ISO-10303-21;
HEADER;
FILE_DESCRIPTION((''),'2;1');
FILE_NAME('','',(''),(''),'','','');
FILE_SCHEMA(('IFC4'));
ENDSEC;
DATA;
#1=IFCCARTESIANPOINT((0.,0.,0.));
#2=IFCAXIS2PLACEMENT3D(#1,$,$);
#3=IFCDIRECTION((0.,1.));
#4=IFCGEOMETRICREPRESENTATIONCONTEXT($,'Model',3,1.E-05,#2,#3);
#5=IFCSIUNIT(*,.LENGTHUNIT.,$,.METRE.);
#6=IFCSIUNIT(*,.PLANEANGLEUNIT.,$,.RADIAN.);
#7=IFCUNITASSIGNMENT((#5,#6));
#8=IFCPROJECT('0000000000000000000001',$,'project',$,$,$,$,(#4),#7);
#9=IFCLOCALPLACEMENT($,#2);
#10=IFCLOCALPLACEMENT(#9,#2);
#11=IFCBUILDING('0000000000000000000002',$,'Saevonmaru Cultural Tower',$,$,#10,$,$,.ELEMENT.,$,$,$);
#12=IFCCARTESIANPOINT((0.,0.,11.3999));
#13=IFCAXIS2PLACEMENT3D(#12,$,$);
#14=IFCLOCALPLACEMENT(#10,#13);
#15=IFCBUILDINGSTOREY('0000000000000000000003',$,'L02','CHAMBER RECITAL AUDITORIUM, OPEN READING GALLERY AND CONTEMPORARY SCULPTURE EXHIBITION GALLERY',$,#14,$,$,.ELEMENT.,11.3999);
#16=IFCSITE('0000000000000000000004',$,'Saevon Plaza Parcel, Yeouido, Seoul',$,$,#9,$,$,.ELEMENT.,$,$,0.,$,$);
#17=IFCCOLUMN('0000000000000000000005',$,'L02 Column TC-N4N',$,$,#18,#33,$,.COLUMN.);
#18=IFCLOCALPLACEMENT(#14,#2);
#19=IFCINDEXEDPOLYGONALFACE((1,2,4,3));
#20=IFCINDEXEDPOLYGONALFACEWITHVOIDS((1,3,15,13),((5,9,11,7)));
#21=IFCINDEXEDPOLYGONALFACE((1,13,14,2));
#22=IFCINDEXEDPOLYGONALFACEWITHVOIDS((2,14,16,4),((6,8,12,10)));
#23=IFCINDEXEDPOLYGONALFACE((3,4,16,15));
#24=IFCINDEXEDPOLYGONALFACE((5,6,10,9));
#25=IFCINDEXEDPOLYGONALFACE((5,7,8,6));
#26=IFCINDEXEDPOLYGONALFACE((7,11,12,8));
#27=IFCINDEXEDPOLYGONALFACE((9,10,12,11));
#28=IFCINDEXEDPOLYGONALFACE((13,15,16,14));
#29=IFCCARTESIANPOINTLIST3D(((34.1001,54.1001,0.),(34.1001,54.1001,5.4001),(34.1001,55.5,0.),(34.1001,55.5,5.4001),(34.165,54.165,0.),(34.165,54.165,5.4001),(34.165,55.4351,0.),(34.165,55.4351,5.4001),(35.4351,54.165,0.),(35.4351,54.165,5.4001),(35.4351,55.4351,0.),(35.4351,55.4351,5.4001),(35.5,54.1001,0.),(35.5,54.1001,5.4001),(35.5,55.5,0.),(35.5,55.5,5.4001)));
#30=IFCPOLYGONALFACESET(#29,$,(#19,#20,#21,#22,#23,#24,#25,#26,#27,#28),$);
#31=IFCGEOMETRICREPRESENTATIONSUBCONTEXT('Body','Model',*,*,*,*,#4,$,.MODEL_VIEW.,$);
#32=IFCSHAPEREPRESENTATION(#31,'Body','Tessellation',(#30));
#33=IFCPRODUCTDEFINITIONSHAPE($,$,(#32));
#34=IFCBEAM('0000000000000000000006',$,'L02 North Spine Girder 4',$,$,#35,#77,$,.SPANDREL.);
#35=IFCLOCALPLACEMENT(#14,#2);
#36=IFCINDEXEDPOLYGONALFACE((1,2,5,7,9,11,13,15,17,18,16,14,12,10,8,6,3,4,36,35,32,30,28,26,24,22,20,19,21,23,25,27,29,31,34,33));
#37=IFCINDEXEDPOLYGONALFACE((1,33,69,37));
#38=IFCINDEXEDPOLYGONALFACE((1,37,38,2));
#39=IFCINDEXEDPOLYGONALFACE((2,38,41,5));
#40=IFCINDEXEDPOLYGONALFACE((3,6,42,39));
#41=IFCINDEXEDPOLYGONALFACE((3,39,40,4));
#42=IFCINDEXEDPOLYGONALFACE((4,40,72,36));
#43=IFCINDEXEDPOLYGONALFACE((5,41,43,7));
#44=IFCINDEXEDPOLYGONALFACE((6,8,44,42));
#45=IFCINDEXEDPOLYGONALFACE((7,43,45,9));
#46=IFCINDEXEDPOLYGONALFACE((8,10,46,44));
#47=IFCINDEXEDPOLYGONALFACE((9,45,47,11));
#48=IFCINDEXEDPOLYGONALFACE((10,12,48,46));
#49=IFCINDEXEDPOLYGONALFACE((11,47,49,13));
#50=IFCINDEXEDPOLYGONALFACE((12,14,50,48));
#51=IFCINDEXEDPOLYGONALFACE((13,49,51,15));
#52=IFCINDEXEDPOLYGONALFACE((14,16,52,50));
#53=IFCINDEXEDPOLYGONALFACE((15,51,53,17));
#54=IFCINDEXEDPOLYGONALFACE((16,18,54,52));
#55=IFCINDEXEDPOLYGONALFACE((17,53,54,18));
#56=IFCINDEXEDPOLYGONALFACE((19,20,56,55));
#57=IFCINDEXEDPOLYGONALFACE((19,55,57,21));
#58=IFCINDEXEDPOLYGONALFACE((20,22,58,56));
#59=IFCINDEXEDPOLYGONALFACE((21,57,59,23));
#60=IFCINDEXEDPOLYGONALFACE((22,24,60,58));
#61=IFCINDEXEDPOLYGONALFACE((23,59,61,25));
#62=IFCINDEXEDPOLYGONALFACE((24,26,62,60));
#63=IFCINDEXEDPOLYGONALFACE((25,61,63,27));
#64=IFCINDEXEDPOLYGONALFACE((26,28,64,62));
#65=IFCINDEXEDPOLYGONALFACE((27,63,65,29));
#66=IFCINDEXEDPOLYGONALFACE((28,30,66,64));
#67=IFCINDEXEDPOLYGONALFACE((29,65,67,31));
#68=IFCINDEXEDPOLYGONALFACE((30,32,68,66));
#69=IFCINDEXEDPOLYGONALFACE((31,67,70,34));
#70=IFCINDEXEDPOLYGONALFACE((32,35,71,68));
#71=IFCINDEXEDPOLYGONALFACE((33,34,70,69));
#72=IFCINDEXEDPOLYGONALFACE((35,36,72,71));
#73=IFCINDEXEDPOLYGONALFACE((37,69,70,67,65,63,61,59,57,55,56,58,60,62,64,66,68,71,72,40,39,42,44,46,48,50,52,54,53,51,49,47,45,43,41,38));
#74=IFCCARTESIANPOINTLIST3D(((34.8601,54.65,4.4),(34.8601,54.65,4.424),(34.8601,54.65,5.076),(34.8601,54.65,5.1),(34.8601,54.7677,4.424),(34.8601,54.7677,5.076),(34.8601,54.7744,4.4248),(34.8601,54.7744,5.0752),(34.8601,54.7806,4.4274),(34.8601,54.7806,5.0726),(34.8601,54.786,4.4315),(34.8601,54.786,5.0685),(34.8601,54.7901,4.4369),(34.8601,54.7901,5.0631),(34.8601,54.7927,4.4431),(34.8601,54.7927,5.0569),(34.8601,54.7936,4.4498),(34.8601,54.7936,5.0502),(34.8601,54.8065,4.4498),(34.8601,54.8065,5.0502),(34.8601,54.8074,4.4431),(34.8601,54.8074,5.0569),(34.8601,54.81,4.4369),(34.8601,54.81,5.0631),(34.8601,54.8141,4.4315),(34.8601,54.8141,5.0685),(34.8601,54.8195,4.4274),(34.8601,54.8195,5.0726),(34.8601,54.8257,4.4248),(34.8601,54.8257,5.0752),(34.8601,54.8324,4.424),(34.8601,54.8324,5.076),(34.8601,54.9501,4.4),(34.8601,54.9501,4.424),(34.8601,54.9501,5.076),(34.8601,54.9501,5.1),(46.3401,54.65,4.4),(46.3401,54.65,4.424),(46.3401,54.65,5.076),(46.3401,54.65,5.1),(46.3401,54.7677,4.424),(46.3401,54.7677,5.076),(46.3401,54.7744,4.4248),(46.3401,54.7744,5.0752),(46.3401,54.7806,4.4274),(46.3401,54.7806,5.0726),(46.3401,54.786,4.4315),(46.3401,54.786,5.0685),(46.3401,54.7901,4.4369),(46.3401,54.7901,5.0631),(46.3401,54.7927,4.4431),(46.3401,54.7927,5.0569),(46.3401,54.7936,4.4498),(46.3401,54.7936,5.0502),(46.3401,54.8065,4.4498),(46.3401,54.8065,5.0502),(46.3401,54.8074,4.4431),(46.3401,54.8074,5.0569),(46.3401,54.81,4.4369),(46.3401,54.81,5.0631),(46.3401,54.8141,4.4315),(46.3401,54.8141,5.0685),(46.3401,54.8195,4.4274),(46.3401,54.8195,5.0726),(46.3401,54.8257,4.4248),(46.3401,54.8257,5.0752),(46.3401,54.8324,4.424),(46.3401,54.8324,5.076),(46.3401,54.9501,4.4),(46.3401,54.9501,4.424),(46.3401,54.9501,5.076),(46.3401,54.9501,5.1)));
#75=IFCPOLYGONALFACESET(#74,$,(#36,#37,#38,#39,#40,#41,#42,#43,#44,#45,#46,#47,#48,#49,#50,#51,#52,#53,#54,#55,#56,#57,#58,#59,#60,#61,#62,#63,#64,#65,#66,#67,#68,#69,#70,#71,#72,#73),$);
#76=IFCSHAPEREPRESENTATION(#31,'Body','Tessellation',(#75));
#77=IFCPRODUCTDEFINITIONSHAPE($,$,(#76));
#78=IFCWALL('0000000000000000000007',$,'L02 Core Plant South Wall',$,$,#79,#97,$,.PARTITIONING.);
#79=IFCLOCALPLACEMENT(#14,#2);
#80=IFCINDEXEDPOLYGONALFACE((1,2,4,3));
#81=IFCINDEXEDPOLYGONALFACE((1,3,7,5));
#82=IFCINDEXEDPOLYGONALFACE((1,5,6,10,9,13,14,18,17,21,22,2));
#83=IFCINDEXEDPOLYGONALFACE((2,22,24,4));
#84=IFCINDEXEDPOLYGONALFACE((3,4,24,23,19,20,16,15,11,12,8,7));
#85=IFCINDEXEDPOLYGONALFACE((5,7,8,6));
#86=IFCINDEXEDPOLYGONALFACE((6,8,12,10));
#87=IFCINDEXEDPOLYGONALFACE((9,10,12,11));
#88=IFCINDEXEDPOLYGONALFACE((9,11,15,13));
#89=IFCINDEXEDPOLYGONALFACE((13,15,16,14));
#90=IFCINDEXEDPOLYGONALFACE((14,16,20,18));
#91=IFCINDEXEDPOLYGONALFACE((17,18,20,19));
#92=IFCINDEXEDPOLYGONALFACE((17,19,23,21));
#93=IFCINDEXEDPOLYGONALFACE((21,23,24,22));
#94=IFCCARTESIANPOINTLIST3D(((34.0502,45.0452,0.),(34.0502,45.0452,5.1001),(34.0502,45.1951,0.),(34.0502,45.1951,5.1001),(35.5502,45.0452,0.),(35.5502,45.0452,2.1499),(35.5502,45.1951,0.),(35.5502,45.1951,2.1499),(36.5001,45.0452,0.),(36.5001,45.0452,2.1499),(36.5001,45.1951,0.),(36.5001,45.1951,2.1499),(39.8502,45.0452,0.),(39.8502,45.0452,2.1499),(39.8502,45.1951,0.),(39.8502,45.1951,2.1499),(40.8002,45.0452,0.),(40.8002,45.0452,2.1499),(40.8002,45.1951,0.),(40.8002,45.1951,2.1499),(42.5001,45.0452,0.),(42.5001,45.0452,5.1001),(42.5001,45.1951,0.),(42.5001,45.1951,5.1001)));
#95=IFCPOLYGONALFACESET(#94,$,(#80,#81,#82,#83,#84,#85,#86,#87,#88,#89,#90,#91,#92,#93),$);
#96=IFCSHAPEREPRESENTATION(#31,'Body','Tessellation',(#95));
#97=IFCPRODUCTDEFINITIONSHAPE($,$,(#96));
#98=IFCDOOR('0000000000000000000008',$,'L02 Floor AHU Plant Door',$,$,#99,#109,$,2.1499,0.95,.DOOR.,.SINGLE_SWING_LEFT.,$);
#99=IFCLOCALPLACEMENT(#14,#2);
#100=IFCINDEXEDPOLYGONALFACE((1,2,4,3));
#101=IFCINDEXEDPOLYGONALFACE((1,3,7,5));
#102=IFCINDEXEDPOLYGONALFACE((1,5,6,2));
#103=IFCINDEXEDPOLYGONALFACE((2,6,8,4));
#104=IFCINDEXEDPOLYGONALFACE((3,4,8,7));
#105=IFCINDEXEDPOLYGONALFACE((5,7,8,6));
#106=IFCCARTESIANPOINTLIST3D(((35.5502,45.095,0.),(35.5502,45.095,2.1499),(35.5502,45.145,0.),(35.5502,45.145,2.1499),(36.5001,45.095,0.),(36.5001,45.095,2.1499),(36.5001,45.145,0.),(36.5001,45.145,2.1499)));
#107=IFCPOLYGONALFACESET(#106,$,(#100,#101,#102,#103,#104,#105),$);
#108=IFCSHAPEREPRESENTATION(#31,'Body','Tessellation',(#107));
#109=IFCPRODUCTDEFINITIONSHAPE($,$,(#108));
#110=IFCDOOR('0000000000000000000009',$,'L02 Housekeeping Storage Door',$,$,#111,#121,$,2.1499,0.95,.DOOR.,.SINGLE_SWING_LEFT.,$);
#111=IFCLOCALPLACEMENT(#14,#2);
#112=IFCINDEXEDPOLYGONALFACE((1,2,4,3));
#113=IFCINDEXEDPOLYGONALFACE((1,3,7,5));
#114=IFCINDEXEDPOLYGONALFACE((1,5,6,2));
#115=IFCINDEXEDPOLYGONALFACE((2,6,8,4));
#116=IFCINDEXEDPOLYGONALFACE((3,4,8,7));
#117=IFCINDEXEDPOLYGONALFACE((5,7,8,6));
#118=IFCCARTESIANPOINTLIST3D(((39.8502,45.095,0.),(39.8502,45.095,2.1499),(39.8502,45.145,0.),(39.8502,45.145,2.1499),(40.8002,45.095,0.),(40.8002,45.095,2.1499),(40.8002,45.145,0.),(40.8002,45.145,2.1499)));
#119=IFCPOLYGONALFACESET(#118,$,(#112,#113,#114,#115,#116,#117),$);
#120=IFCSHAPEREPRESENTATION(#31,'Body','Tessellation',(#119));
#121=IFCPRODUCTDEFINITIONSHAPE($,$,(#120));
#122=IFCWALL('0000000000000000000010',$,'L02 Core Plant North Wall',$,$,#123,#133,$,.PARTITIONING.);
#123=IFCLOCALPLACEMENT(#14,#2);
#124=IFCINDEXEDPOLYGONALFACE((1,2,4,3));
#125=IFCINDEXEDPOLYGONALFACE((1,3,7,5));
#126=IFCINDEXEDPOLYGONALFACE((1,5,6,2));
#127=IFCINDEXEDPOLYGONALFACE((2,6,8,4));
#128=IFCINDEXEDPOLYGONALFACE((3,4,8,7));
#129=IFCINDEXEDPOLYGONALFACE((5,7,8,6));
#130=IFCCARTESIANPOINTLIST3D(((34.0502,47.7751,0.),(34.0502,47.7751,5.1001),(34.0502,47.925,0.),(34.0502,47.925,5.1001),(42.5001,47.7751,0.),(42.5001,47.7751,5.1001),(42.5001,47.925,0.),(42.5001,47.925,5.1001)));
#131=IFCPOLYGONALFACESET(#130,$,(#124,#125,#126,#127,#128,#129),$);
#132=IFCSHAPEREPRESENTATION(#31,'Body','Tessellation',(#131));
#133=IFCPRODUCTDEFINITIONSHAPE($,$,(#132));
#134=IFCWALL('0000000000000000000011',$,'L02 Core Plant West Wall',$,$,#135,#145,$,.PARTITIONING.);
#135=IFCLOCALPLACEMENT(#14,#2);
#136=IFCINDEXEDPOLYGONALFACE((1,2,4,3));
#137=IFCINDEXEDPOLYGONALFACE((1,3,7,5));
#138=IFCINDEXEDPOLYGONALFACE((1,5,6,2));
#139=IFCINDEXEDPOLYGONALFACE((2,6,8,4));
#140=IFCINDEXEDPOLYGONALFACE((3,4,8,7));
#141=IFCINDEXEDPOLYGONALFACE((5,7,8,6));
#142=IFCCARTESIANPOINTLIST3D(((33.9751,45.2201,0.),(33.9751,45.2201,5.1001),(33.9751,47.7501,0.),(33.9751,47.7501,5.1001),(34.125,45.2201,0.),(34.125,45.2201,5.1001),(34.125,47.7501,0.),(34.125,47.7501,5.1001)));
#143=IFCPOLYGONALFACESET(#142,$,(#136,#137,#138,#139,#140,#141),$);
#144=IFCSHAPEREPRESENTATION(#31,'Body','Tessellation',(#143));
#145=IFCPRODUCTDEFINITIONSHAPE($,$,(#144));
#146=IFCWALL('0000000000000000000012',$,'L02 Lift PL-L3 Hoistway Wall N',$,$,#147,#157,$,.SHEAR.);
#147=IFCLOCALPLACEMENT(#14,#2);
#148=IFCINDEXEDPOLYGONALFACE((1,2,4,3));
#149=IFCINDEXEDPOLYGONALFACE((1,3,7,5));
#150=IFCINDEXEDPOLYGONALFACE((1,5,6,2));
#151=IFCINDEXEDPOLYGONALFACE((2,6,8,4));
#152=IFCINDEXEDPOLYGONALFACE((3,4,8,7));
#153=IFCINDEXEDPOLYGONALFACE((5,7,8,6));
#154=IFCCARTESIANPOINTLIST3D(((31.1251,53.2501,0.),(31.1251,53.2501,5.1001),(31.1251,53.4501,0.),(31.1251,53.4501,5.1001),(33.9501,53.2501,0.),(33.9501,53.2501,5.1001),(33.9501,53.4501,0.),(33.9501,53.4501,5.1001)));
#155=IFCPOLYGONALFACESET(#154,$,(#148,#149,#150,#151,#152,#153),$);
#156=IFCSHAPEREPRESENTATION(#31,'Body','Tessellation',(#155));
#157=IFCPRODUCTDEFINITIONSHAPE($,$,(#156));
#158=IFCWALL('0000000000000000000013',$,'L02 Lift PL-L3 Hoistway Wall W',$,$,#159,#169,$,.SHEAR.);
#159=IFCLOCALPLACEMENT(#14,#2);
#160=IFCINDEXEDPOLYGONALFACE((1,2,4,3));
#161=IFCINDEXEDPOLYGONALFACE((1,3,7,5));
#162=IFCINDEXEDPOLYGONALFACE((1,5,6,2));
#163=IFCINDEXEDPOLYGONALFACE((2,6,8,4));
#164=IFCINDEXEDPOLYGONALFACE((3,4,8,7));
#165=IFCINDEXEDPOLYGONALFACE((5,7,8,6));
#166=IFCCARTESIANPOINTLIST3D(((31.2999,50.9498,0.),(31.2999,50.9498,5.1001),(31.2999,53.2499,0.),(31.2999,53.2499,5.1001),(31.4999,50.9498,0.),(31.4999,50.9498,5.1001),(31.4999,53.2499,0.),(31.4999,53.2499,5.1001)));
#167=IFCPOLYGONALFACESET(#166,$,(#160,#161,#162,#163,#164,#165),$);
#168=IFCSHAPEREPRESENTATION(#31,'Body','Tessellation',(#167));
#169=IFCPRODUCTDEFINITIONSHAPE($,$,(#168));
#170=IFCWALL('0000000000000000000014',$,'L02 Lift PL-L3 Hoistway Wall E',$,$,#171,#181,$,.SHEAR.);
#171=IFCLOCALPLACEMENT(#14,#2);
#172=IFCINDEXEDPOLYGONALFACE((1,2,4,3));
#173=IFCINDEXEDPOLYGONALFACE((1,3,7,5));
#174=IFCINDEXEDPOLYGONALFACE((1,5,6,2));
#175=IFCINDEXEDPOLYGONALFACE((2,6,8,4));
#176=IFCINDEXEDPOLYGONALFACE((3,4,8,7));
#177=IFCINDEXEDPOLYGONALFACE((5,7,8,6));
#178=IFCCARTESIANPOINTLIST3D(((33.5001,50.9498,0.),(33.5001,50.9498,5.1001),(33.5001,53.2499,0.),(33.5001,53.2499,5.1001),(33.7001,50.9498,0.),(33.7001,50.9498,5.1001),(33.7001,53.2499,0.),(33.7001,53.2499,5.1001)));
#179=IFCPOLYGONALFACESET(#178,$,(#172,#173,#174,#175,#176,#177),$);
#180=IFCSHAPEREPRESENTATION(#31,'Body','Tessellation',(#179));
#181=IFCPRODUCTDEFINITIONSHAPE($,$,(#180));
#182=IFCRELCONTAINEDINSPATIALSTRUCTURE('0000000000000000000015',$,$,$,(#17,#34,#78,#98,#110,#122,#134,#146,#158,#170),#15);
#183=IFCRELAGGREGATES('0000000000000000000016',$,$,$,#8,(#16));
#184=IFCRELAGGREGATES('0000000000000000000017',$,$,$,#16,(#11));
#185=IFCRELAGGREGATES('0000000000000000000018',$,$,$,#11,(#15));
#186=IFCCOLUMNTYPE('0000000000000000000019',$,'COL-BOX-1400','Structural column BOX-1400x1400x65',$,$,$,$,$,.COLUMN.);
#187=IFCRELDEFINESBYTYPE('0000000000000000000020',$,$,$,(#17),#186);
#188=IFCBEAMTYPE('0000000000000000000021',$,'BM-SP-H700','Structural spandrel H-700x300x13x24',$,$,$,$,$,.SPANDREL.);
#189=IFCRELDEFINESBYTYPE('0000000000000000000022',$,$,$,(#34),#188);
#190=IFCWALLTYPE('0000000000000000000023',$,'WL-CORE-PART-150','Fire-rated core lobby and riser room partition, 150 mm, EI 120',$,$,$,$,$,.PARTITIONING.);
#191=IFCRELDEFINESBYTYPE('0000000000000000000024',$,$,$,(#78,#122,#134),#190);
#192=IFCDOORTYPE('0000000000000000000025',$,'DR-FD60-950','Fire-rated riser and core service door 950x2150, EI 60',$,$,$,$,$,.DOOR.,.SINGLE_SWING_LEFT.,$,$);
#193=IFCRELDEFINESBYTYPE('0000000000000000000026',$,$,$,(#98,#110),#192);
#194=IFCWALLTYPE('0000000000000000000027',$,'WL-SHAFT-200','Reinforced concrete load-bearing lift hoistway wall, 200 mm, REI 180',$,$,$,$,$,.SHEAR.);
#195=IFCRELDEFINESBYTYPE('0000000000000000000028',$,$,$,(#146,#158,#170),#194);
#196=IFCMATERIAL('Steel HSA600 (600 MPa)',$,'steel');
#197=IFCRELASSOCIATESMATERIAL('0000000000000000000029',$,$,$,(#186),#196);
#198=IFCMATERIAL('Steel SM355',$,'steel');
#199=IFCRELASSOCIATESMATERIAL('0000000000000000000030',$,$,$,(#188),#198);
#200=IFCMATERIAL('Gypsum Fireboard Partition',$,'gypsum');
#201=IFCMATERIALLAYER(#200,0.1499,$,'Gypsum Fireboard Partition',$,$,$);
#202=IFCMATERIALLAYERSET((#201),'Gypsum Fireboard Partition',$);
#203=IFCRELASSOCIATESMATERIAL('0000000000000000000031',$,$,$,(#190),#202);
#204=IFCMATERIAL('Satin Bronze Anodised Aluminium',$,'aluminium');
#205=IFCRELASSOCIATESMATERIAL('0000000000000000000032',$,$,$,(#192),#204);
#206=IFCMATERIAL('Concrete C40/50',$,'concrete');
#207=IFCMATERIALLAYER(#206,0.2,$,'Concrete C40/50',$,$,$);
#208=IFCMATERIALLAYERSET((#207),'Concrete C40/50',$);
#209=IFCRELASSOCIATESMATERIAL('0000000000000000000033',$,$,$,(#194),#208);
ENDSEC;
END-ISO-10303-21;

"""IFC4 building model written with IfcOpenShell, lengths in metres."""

from ifc_helpers import new_model, si_unit, direction, frame, frame_2d, origin, origin_2d, place, context, subcontext, project, spatial, rectangle, hollow_rectangle, i_section, extrude, material, layer, layer_set, material_profile, profile_set, type_object, element, fill, save


model = new_model("IFC4")

# Units and contexts
model_context = context("Model", 3, precision=1e-05, world=origin(), true_north=direction((0.0, 1.0)))
body_context = subcontext(model_context, "Body", "Model", "MODEL_VIEW")
ifc_project = project(units=[si_unit("LENGTHUNIT", "METRE"), si_unit("PLANEANGLEUNIT", "RADIAN")], contexts=[model_context])

# Site, building, storey
site_placement = place(None, origin())
site = spatial("IfcSite", under=ifc_project, at=site_placement, Name="Saevon Plaza Parcel, Yeouido, Seoul", CompositionType="ELEMENT", RefElevation=0.0)
building_placement = place(site_placement, origin())
building = spatial("IfcBuilding", under=site, at=building_placement, Name="Saevonmaru Cultural Tower", CompositionType="ELEMENT")
storey_placement = place(building_placement, frame((0.0, 0.0, 11.3999)))
storey = spatial("IfcBuildingStorey", under=building, at=storey_placement, Name="L02", Description="CHAMBER RECITAL AUDITORIUM, OPEN READING GALLERY AND CONTEMPORARY SCULPTURE EXHIBITION GALLERY", CompositionType="ELEMENT", Elevation=11.3999)

# Column
ifc_material_1 = material(Name="Steel HSA600 (600 MPa)", Category="steel")
ifc_material_profile_1 = material_profile(ifc_material_1, hollow_rectangle(XDim=1.3999, YDim=1.3999, WallThickness=0.0649, at=origin_2d()), Name="BOX-1400x1400x65")
ifc_profile_set_1 = profile_set([ifc_material_profile_1], Name="Steel HSA600 (600 MPa)")
column_type = type_object("IfcColumnType", Name="COL-BOX-1400", Description="Structural column BOX-1400x1400x65", PredefinedType="COLUMN", material=ifc_profile_set_1)
column_placement = place(storey_placement, frame((34.8, 54.8, 0.0), z_axis=(0.0, 0.0, 1.0), x_axis=(1.0, 0.0, 0.0)))
element("IfcColumn", 1, at=column_placement, inside=storey, type_object=column_type, Name="L02 Column TC-N4N", PredefinedType="COLUMN", context=body_context, shape_type="SweptSolid", body=[
    extrude(hollow_rectangle(XDim=1.3999, YDim=1.3999, WallThickness=0.0649, at=origin_2d()), origin(), (0.0, 0.0, 1.0), 5.4001),
])

# Beam
ifc_material_2 = material(Name="Steel SM355", Category="steel")
ifc_material_profile_2 = material_profile(ifc_material_2, i_section(OverallWidth=0.3, OverallDepth=0.7, WebThickness=0.0129, FlangeThickness=0.0239, FilletRadius=0.0259, at=origin_2d()), Name="H-700x300x13x24")
ifc_profile_set_2 = profile_set([ifc_material_profile_2], Name="Steel SM355")
beam_type = type_object("IfcBeamType", Name="BM-SP-H700", Description="Structural spandrel H-700x300x13x24", PredefinedType="SPANDREL", material=ifc_profile_set_2)
beam_placement = place(storey_placement, frame((34.8601, 54.8, 4.75), z_axis=(1.0, 0.0, 0.0), x_axis=(0.0, 1.0, 0.0)))
element("IfcBeam", 2, at=beam_placement, inside=storey, type_object=beam_type, Name="L02 North Spine Girder 4", PredefinedType="SPANDREL", context=body_context, shape_type="SweptSolid", body=[
    extrude(i_section(OverallWidth=0.3, OverallDepth=0.7, WebThickness=0.0129, FlangeThickness=0.0239, FilletRadius=0.0259, at=origin_2d()), origin(), (0.0, 0.0, 1.0), 11.48),
])

# Shared definitions
ifc_material_3 = material(Name="Gypsum Fireboard Partition", Category="gypsum")
ifc_layer_1 = layer(ifc_material_3, 0.1499, Name="Gypsum Fireboard Partition")
ifc_layer_set_1 = layer_set([ifc_layer_1], Name="Gypsum Fireboard Partition")
wall_type_1 = type_object("IfcWallType", Name="WL-CORE-PART-150", Description="Fire-rated core lobby and riser room partition, 150 mm, EI 120", PredefinedType="PARTITIONING", material=ifc_layer_set_1)
ifc_material_4 = material(Name="Satin Bronze Anodised Aluminium", Category="aluminium")

# Wall, openings, doors
wall_1_placement = place(storey_placement, frame((34.05, 45.1201, 0.0), z_axis=(0.0, 0.0, 1.0), x_axis=(1.0, 0.0, 0.0)))
wall_1 = element("IfcWall", 3, at=wall_1_placement, inside=storey, type_object=wall_type_1, Name="L02 Core Plant South Wall", PredefinedType="PARTITIONING", context=body_context, shape_type="SweptSolid", body=[
    extrude(rectangle(XDim=8.45, YDim=0.1499, at=frame_2d((4.2251, 0.0))), origin(), (0.0, 0.0, 1.0), 5.1001),
])
opening_1_placement = place(wall_1_placement, frame((1.5, 0.0, 0.0)))
opening_1 = element("IfcOpeningElement", 4, at=opening_1_placement, cuts=wall_1, PredefinedType="OPENING", context=body_context, shape_type="SweptSolid", body=[
    extrude(rectangle(XDim=0.95, YDim=2.1499, at=frame_2d((0.4751, 1.075))), frame((0.0, 0.085, 0.0), z_axis=(0.0, -1.0, 0.0), x_axis=(1.0, 0.0, 0.0)), (0.0, 0.0, 1.0), 0.1699),
])
opening_2_placement = place(wall_1_placement, frame((5.8, 0.0, 0.0)))
opening_2 = element("IfcOpeningElement", 5, at=opening_2_placement, cuts=wall_1, PredefinedType="OPENING", context=body_context, shape_type="SweptSolid", body=[
    extrude(rectangle(XDim=0.95, YDim=2.1499, at=frame_2d((0.4751, 1.075))), frame((0.0, 0.085, 0.0), z_axis=(0.0, -1.0, 0.0), x_axis=(1.0, 0.0, 0.0)), (0.0, 0.0, 1.0), 0.1699),
])
door_type_1 = type_object("IfcDoorType", Name="DR-FD60-950", Description="Fire-rated riser and core service door 950x2150, EI 60", OperationType="SINGLE_SWING_LEFT", PredefinedType="DOOR", material=ifc_material_4)
door_1_placement = place(opening_1_placement, origin())
door_1 = element("IfcDoor", 6, at=door_1_placement, inside=storey, type_object=door_type_1, Name="L02 Floor AHU Plant Door", OperationType="SINGLE_SWING_LEFT", OverallHeight=2.1499, OverallWidth=0.95, PredefinedType="DOOR", context=body_context, shape_type="SweptSolid", body=[
    extrude(rectangle(XDim=0.95, YDim=2.1499, at=frame_2d((0.4751, 1.075))), frame((0.0, 0.0249, 0.0), z_axis=(0.0, -1.0, 0.0), x_axis=(1.0, 0.0, 0.0)), (0.0, 0.0, 1.0), 0.05),
])
fill(opening_1, door_1)
door_2_placement = place(opening_2_placement, origin())
door_2 = element("IfcDoor", 7, at=door_2_placement, inside=storey, type_object=door_type_1, Name="L02 Housekeeping Storage Door", OperationType="SINGLE_SWING_LEFT", OverallHeight=2.1499, OverallWidth=0.95, PredefinedType="DOOR", context=body_context, shape_type="SweptSolid", body=[
    extrude(rectangle(XDim=0.95, YDim=2.1499, at=frame_2d((0.4751, 1.075))), frame((0.0, 0.0249, 0.0), z_axis=(0.0, -1.0, 0.0), x_axis=(1.0, 0.0, 0.0)), (0.0, 0.0, 1.0), 0.05),
])
fill(opening_2, door_2)

# Walls
wall_2_placement = place(storey_placement, frame((34.05, 47.8501, 0.0), z_axis=(0.0, 0.0, 1.0), x_axis=(1.0, 0.0, 0.0)))
element("IfcWall", 8, at=wall_2_placement, inside=storey, type_object=wall_type_1, Name="L02 Core Plant North Wall", PredefinedType="PARTITIONING", context=body_context, shape_type="SweptSolid", body=[
    extrude(rectangle(XDim=8.45, YDim=0.1499, at=frame_2d((4.2251, 0.0))), origin(), (0.0, 0.0, 1.0), 5.1001),
])
wall_3_placement = place(storey_placement, frame((34.05, 45.22, 0.0), z_axis=(0.0, 0.0, 1.0), x_axis=(0.0, 1.0, 0.0)))
element("IfcWall", 9, at=wall_3_placement, inside=storey, type_object=wall_type_1, Name="L02 Core Plant West Wall", PredefinedType="PARTITIONING", context=body_context, shape_type="SweptSolid", body=[
    extrude(rectangle(XDim=2.53, YDim=0.1499, at=frame_2d((1.2651, 0.0))), origin(), (0.0, 0.0, 1.0), 5.1001),
])
ifc_material_5 = material(Name="Concrete C40/50", Category="concrete")
ifc_layer_2 = layer(ifc_material_5, 0.2, Name="Concrete C40/50")
ifc_layer_set_2 = layer_set([ifc_layer_2], Name="Concrete C40/50")
wall_type_2 = type_object("IfcWallType", Name="WL-SHAFT-200", Description="Reinforced concrete load-bearing lift hoistway wall, 200 mm, REI 180", PredefinedType="SHEAR", material=ifc_layer_set_2)
wall_4_placement = place(storey_placement, frame((31.125, 53.3501, 0.0), z_axis=(0.0, 0.0, 1.0), x_axis=(1.0, 0.0, 0.0)))
element("IfcWall", 10, at=wall_4_placement, inside=storey, type_object=wall_type_2, Name="L02 Lift PL-L3 Hoistway Wall N", PredefinedType="SHEAR", context=body_context, shape_type="SweptSolid", body=[
    extrude(rectangle(XDim=2.825, YDim=0.2, at=frame_2d((1.4126, 0.0))), origin(), (0.0, 0.0, 1.0), 5.1001),
])
for number, where, z_axis, x_axis, name in (
    (11, (31.3999, 50.95, 0.0), (0.0, 0.0, 1.0), (0.0, 1.0, 0.0), "L02 Lift PL-L3 Hoistway Wall W"),
    (12, (33.6001, 50.95, 0.0), (0.0, 0.0, 1.0), (0.0, 1.0, 0.0), "L02 Lift PL-L3 Hoistway Wall E"),
):
    element("IfcWall", number, at=place(storey_placement, frame(where, z_axis=z_axis, x_axis=x_axis)), inside=storey, type_object=wall_type_2, Name=name, PredefinedType="SHEAR", context=body_context, shape_type="SweptSolid", body=[
        extrude(rectangle(XDim=2.3, YDim=0.2, at=frame_2d((1.1499, 0.0))), origin(), (0.0, 0.0, 1.0), 5.1001),
    ])

save(model, "model.ifc")
